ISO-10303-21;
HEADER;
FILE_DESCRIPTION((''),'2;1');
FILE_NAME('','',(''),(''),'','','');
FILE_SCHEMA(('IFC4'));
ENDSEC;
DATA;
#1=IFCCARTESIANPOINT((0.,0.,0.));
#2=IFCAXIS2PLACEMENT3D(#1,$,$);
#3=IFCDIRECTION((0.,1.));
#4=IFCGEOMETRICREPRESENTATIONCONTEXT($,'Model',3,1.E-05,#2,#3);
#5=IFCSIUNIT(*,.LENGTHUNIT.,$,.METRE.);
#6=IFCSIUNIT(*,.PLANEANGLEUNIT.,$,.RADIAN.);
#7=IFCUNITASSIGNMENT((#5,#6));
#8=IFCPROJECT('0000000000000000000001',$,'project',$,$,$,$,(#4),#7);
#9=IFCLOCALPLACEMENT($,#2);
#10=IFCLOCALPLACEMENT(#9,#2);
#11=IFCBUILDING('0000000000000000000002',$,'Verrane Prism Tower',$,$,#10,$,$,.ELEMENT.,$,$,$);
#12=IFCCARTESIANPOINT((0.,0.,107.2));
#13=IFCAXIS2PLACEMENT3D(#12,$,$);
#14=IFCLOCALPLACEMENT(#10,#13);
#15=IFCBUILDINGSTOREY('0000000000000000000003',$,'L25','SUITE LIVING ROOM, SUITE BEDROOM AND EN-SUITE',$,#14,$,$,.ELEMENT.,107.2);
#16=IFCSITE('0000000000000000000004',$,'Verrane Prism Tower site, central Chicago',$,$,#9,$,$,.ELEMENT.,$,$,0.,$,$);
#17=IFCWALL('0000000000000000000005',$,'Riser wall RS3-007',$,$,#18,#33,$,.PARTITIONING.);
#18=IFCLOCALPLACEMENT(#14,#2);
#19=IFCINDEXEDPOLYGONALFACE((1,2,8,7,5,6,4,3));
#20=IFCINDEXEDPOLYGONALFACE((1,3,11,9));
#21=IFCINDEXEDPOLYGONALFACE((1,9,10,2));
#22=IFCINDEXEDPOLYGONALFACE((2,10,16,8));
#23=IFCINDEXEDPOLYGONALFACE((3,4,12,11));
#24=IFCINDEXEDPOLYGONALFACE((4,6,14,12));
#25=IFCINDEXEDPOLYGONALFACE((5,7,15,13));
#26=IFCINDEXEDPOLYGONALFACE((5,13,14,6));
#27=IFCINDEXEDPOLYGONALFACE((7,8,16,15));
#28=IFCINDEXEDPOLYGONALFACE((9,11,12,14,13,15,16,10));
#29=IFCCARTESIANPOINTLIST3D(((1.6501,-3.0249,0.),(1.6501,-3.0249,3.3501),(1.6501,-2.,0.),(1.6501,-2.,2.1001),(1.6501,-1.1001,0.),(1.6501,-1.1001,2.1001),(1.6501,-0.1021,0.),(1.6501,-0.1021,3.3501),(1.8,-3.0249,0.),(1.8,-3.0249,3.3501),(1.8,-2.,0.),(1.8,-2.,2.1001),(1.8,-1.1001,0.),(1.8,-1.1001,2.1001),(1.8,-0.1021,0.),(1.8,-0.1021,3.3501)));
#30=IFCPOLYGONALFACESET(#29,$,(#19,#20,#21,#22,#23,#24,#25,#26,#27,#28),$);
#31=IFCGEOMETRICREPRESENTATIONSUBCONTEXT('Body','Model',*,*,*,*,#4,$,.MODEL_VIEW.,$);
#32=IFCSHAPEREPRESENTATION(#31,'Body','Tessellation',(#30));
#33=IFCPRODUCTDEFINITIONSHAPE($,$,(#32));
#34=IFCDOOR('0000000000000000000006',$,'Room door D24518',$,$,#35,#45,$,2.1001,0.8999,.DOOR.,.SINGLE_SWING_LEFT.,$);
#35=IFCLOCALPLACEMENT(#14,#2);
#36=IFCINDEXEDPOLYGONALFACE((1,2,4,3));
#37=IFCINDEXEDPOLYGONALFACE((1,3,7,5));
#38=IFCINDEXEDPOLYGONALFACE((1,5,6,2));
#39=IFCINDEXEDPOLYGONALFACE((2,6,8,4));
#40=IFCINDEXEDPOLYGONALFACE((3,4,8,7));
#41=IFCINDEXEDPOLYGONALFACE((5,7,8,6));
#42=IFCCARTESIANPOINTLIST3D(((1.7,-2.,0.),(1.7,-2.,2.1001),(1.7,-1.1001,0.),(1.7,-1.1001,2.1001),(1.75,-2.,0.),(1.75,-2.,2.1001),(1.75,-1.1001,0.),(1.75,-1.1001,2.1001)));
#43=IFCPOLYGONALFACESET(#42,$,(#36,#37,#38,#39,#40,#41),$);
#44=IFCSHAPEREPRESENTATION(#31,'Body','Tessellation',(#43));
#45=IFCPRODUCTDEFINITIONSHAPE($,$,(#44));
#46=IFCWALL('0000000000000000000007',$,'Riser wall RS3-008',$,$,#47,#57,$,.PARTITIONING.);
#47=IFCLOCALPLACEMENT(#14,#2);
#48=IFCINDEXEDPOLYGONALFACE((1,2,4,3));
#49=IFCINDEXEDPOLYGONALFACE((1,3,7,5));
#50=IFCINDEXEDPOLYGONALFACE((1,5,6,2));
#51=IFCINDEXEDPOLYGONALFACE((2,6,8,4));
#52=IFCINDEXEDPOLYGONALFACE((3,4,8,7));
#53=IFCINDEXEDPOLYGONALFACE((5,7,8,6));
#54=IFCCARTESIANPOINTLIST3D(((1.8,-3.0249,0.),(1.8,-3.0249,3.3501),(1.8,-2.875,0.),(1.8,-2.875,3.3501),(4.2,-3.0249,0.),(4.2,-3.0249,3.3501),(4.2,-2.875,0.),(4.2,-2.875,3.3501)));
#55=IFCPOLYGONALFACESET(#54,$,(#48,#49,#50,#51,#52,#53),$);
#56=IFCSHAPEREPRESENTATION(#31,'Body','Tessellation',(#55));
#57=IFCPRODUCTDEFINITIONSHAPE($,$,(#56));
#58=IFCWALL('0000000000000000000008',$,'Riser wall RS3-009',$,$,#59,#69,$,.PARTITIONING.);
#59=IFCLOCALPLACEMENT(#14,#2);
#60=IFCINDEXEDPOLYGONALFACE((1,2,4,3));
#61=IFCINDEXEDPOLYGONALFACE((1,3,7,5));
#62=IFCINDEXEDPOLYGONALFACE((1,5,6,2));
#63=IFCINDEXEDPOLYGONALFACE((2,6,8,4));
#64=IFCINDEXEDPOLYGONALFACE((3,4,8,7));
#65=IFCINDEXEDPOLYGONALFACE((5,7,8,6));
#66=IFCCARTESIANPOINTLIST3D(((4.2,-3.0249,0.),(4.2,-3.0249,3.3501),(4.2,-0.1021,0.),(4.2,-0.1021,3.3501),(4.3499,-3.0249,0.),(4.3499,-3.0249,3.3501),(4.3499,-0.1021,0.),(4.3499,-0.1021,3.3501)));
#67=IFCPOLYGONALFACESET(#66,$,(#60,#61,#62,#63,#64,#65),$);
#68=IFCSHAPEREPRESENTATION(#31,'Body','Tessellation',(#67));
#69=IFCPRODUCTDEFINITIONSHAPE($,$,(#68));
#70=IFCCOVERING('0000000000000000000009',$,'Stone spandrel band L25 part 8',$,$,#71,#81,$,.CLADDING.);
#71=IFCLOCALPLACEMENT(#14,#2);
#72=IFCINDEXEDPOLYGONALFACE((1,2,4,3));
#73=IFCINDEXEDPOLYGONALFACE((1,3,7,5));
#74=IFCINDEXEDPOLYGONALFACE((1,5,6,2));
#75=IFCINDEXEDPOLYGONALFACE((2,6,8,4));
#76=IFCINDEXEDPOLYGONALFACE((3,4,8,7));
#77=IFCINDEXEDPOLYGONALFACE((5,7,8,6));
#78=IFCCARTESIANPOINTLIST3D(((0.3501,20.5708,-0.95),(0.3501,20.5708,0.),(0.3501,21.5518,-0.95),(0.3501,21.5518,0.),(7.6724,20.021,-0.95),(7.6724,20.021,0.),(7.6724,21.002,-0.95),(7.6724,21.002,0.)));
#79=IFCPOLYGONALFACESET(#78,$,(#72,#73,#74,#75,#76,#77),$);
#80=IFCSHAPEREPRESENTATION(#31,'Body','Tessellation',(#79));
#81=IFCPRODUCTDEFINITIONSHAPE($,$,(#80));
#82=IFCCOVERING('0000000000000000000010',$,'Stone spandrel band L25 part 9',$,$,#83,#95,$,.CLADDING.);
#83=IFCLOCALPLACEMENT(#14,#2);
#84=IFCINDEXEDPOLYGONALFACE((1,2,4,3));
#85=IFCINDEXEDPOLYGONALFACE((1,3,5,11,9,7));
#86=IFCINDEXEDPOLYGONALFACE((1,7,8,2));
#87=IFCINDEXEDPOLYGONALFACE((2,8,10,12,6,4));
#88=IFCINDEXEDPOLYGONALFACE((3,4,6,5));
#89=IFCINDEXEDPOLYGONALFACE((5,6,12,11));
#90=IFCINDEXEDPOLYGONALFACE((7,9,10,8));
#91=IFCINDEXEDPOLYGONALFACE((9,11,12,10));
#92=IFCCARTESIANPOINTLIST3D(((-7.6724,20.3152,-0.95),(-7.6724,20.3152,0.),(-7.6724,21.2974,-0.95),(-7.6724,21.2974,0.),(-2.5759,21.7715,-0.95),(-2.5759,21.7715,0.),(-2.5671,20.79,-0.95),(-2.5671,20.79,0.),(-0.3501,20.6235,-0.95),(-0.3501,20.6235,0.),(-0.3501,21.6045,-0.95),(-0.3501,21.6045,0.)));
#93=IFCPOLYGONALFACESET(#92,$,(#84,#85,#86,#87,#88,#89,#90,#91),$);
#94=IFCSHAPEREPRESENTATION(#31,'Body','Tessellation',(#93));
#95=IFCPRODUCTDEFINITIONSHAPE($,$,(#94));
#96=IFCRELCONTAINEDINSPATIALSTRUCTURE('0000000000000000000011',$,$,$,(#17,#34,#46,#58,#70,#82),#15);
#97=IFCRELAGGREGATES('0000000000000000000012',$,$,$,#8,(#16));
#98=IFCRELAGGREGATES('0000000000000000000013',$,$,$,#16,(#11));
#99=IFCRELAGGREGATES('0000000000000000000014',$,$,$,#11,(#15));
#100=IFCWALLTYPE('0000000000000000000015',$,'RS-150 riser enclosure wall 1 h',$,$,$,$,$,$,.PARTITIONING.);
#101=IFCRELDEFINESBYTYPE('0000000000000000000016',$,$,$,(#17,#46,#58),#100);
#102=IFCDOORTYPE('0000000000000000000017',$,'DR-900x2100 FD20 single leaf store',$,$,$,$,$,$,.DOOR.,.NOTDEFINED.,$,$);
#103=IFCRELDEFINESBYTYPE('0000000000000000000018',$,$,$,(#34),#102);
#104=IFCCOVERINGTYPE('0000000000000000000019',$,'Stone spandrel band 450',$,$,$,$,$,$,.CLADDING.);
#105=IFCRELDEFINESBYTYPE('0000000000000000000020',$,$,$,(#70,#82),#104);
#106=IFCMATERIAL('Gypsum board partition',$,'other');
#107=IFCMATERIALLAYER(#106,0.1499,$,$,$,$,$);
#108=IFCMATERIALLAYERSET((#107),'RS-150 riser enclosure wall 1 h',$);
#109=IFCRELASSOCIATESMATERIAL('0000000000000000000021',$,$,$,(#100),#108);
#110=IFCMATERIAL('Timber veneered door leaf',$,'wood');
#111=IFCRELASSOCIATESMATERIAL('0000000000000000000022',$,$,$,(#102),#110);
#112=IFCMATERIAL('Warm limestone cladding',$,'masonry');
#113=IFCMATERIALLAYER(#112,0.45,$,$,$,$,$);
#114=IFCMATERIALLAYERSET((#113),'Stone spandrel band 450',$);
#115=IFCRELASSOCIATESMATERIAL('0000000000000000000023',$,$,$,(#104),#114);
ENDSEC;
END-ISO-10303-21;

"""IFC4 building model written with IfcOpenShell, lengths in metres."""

from ifc_helpers import new_model, si_unit, direction, frame, frame_2d, origin, place, context, subcontext, project, spatial, polyline, rectangle, outline, extrude, material, layer, layer_set, type_object, element, fill, save


model = new_model("IFC4")

# Units and contexts
model_context = context("Model", 3, precision=1e-05, world=origin(), true_north=direction((0.0, 1.0)))
body_context = subcontext(model_context, "Body", "Model", "MODEL_VIEW")
ifc_project = project(units=[si_unit("LENGTHUNIT", "METRE"), si_unit("PLANEANGLEUNIT", "RADIAN")], contexts=[model_context])

# Site, building, storey
site_placement = place(None, origin())
site = spatial("IfcSite", under=ifc_project, at=site_placement, Name="Verrane Prism Tower site, central Chicago", CompositionType="ELEMENT", RefElevation=0.0)
building_placement = place(site_placement, origin())
building = spatial("IfcBuilding", under=site, at=building_placement, Name="Verrane Prism Tower", CompositionType="ELEMENT")
storey_placement = place(building_placement, frame((0.0, 0.0, 107.2)))
storey = spatial("IfcBuildingStorey", under=building, at=storey_placement, Name="L25", Description="SUITE LIVING ROOM, SUITE BEDROOM AND EN-SUITE", CompositionType="ELEMENT", Elevation=107.2)

# Wall, opening, door
ifc_material_1 = material(Name="Gypsum board partition", Category="other")
ifc_layer_1 = layer(ifc_material_1, 0.1499)
ifc_layer_set_1 = layer_set([ifc_layer_1], Name="RS-150 riser enclosure wall 1 h")
wall_type_1 = type_object("IfcWallType", Name="RS-150 riser enclosure wall 1 h", PredefinedType="PARTITIONING", material=ifc_layer_set_1)
wall_1_placement = place(storey_placement, frame((1.7251, -0.1021, 0.0), z_axis=(0.0, 0.0, 1.0), x_axis=(0.0, -1.0, 0.0)))
wall_1 = element("IfcWall", 1, at=wall_1_placement, inside=storey, type_object=wall_type_1, Name="Riser wall RS3-007", PredefinedType="PARTITIONING", context=body_context, shape_type="SweptSolid", body=[
    extrude(rectangle(XDim=2.9229, YDim=0.1499, at=frame_2d((1.4614, 0.0))), origin(), (0.0, 0.0, 1.0), 3.3501),
])
opening_1_placement = place(wall_1_placement, frame((0.998, 0.0, 0.0)))
opening_1 = element("IfcOpeningElement", 2, at=opening_1_placement, cuts=wall_1, PredefinedType="OPENING", context=body_context, shape_type="SweptSolid", body=[
    extrude(rectangle(XDim=0.8999, YDim=2.1001, at=frame_2d((0.45, 1.05))), frame((0.0, 0.085, 0.0), z_axis=(0.0, -1.0, 0.0), x_axis=(1.0, 0.0, 0.0)), (0.0, 0.0, 1.0), 0.1699),
])
ifc_material_2 = material(Name="Timber veneered door leaf", Category="wood")
door_type_1 = type_object("IfcDoorType", Name="DR-900x2100 FD20 single leaf store", OperationType="NOTDEFINED", PredefinedType="DOOR", material=ifc_material_2)
door_1_placement = place(opening_1_placement, origin())
door_1 = element("IfcDoor", 3, at=door_1_placement, inside=storey, type_object=door_type_1, Name="Room door D24518", OperationType="SINGLE_SWING_LEFT", OverallHeight=2.1001, OverallWidth=0.8999, PredefinedType="DOOR", context=body_context, shape_type="SweptSolid", body=[
    extrude(rectangle(XDim=0.8999, YDim=2.1001, at=frame_2d((0.45, 1.05))), frame((0.0, 0.0249, 0.0), z_axis=(0.0, -1.0, 0.0), x_axis=(1.0, 0.0, 0.0)), (0.0, 0.0, 1.0), 0.05),
])
fill(opening_1, door_1)

# Walls
wall_2_placement = place(storey_placement, frame((1.8, -2.95, 0.0), z_axis=(0.0, 0.0, 1.0), x_axis=(1.0, 0.0, 0.0)))
element("IfcWall", 4, at=wall_2_placement, inside=storey, type_object=wall_type_1, Name="Riser wall RS3-008", PredefinedType="PARTITIONING", context=body_context, shape_type="SweptSolid", body=[
    extrude(rectangle(XDim=2.3999, YDim=0.1499, at=frame_2d((1.2, 0.0))), origin(), (0.0, 0.0, 1.0), 3.3501),
])
wall_3_placement = place(storey_placement, frame((4.2749, -3.0249, 0.0), z_axis=(0.0, 0.0, 1.0), x_axis=(0.0, 1.0, 0.0)))
element("IfcWall", 5, at=wall_3_placement, inside=storey, type_object=wall_type_1, Name="Riser wall RS3-009", PredefinedType="PARTITIONING", context=body_context, shape_type="SweptSolid", body=[
    extrude(rectangle(XDim=2.9229, YDim=0.1499, at=frame_2d((1.4614, 0.0))), origin(), (0.0, 0.0, 1.0), 3.3501),
])

# Coverings
ifc_material_3 = material(Name="Warm limestone cladding", Category="masonry")
ifc_layer_2 = layer(ifc_material_3, 0.45)
ifc_layer_set_2 = layer_set([ifc_layer_2], Name="Stone spandrel band 450")
covering_type = type_object("IfcCoveringType", Name="Stone spandrel band 450", PredefinedType="CLADDING", material=ifc_layer_set_2)
covering_1_placement = place(storey_placement, frame((0.0, 0.0, -0.95)))
element("IfcCovering", 6, at=covering_1_placement, inside=storey, type_object=covering_type, Name="Stone spandrel band L25 part 8", PredefinedType="CLADDING", context=body_context, shape_type="SweptSolid", body=[
    extrude(outline(polyline([(0.3501, 21.5518), (0.3501, 20.5708), (7.6724, 20.021), (7.6724, 21.002), (0.3501, 21.5518)])), origin(), (0.0, 0.0, 1.0), 0.95),
])
covering_2_placement = place(storey_placement, frame((0.0, 0.0, -0.95)))
element("IfcCovering", 7, at=covering_2_placement, inside=storey, type_object=covering_type, Name="Stone spandrel band L25 part 9", PredefinedType="CLADDING", context=body_context, shape_type="SweptSolid", body=[
    extrude(outline(polyline([(-7.6724, 20.3152), (-2.5671, 20.79), (-0.3501, 20.6235), (-0.3501, 21.6045), (-2.5759, 21.7715), (-7.6724, 21.2974), (-7.6724, 20.3152)])), origin(), (0.0, 0.0, 1.0), 0.95),
])

save(model, "model.ifc")
